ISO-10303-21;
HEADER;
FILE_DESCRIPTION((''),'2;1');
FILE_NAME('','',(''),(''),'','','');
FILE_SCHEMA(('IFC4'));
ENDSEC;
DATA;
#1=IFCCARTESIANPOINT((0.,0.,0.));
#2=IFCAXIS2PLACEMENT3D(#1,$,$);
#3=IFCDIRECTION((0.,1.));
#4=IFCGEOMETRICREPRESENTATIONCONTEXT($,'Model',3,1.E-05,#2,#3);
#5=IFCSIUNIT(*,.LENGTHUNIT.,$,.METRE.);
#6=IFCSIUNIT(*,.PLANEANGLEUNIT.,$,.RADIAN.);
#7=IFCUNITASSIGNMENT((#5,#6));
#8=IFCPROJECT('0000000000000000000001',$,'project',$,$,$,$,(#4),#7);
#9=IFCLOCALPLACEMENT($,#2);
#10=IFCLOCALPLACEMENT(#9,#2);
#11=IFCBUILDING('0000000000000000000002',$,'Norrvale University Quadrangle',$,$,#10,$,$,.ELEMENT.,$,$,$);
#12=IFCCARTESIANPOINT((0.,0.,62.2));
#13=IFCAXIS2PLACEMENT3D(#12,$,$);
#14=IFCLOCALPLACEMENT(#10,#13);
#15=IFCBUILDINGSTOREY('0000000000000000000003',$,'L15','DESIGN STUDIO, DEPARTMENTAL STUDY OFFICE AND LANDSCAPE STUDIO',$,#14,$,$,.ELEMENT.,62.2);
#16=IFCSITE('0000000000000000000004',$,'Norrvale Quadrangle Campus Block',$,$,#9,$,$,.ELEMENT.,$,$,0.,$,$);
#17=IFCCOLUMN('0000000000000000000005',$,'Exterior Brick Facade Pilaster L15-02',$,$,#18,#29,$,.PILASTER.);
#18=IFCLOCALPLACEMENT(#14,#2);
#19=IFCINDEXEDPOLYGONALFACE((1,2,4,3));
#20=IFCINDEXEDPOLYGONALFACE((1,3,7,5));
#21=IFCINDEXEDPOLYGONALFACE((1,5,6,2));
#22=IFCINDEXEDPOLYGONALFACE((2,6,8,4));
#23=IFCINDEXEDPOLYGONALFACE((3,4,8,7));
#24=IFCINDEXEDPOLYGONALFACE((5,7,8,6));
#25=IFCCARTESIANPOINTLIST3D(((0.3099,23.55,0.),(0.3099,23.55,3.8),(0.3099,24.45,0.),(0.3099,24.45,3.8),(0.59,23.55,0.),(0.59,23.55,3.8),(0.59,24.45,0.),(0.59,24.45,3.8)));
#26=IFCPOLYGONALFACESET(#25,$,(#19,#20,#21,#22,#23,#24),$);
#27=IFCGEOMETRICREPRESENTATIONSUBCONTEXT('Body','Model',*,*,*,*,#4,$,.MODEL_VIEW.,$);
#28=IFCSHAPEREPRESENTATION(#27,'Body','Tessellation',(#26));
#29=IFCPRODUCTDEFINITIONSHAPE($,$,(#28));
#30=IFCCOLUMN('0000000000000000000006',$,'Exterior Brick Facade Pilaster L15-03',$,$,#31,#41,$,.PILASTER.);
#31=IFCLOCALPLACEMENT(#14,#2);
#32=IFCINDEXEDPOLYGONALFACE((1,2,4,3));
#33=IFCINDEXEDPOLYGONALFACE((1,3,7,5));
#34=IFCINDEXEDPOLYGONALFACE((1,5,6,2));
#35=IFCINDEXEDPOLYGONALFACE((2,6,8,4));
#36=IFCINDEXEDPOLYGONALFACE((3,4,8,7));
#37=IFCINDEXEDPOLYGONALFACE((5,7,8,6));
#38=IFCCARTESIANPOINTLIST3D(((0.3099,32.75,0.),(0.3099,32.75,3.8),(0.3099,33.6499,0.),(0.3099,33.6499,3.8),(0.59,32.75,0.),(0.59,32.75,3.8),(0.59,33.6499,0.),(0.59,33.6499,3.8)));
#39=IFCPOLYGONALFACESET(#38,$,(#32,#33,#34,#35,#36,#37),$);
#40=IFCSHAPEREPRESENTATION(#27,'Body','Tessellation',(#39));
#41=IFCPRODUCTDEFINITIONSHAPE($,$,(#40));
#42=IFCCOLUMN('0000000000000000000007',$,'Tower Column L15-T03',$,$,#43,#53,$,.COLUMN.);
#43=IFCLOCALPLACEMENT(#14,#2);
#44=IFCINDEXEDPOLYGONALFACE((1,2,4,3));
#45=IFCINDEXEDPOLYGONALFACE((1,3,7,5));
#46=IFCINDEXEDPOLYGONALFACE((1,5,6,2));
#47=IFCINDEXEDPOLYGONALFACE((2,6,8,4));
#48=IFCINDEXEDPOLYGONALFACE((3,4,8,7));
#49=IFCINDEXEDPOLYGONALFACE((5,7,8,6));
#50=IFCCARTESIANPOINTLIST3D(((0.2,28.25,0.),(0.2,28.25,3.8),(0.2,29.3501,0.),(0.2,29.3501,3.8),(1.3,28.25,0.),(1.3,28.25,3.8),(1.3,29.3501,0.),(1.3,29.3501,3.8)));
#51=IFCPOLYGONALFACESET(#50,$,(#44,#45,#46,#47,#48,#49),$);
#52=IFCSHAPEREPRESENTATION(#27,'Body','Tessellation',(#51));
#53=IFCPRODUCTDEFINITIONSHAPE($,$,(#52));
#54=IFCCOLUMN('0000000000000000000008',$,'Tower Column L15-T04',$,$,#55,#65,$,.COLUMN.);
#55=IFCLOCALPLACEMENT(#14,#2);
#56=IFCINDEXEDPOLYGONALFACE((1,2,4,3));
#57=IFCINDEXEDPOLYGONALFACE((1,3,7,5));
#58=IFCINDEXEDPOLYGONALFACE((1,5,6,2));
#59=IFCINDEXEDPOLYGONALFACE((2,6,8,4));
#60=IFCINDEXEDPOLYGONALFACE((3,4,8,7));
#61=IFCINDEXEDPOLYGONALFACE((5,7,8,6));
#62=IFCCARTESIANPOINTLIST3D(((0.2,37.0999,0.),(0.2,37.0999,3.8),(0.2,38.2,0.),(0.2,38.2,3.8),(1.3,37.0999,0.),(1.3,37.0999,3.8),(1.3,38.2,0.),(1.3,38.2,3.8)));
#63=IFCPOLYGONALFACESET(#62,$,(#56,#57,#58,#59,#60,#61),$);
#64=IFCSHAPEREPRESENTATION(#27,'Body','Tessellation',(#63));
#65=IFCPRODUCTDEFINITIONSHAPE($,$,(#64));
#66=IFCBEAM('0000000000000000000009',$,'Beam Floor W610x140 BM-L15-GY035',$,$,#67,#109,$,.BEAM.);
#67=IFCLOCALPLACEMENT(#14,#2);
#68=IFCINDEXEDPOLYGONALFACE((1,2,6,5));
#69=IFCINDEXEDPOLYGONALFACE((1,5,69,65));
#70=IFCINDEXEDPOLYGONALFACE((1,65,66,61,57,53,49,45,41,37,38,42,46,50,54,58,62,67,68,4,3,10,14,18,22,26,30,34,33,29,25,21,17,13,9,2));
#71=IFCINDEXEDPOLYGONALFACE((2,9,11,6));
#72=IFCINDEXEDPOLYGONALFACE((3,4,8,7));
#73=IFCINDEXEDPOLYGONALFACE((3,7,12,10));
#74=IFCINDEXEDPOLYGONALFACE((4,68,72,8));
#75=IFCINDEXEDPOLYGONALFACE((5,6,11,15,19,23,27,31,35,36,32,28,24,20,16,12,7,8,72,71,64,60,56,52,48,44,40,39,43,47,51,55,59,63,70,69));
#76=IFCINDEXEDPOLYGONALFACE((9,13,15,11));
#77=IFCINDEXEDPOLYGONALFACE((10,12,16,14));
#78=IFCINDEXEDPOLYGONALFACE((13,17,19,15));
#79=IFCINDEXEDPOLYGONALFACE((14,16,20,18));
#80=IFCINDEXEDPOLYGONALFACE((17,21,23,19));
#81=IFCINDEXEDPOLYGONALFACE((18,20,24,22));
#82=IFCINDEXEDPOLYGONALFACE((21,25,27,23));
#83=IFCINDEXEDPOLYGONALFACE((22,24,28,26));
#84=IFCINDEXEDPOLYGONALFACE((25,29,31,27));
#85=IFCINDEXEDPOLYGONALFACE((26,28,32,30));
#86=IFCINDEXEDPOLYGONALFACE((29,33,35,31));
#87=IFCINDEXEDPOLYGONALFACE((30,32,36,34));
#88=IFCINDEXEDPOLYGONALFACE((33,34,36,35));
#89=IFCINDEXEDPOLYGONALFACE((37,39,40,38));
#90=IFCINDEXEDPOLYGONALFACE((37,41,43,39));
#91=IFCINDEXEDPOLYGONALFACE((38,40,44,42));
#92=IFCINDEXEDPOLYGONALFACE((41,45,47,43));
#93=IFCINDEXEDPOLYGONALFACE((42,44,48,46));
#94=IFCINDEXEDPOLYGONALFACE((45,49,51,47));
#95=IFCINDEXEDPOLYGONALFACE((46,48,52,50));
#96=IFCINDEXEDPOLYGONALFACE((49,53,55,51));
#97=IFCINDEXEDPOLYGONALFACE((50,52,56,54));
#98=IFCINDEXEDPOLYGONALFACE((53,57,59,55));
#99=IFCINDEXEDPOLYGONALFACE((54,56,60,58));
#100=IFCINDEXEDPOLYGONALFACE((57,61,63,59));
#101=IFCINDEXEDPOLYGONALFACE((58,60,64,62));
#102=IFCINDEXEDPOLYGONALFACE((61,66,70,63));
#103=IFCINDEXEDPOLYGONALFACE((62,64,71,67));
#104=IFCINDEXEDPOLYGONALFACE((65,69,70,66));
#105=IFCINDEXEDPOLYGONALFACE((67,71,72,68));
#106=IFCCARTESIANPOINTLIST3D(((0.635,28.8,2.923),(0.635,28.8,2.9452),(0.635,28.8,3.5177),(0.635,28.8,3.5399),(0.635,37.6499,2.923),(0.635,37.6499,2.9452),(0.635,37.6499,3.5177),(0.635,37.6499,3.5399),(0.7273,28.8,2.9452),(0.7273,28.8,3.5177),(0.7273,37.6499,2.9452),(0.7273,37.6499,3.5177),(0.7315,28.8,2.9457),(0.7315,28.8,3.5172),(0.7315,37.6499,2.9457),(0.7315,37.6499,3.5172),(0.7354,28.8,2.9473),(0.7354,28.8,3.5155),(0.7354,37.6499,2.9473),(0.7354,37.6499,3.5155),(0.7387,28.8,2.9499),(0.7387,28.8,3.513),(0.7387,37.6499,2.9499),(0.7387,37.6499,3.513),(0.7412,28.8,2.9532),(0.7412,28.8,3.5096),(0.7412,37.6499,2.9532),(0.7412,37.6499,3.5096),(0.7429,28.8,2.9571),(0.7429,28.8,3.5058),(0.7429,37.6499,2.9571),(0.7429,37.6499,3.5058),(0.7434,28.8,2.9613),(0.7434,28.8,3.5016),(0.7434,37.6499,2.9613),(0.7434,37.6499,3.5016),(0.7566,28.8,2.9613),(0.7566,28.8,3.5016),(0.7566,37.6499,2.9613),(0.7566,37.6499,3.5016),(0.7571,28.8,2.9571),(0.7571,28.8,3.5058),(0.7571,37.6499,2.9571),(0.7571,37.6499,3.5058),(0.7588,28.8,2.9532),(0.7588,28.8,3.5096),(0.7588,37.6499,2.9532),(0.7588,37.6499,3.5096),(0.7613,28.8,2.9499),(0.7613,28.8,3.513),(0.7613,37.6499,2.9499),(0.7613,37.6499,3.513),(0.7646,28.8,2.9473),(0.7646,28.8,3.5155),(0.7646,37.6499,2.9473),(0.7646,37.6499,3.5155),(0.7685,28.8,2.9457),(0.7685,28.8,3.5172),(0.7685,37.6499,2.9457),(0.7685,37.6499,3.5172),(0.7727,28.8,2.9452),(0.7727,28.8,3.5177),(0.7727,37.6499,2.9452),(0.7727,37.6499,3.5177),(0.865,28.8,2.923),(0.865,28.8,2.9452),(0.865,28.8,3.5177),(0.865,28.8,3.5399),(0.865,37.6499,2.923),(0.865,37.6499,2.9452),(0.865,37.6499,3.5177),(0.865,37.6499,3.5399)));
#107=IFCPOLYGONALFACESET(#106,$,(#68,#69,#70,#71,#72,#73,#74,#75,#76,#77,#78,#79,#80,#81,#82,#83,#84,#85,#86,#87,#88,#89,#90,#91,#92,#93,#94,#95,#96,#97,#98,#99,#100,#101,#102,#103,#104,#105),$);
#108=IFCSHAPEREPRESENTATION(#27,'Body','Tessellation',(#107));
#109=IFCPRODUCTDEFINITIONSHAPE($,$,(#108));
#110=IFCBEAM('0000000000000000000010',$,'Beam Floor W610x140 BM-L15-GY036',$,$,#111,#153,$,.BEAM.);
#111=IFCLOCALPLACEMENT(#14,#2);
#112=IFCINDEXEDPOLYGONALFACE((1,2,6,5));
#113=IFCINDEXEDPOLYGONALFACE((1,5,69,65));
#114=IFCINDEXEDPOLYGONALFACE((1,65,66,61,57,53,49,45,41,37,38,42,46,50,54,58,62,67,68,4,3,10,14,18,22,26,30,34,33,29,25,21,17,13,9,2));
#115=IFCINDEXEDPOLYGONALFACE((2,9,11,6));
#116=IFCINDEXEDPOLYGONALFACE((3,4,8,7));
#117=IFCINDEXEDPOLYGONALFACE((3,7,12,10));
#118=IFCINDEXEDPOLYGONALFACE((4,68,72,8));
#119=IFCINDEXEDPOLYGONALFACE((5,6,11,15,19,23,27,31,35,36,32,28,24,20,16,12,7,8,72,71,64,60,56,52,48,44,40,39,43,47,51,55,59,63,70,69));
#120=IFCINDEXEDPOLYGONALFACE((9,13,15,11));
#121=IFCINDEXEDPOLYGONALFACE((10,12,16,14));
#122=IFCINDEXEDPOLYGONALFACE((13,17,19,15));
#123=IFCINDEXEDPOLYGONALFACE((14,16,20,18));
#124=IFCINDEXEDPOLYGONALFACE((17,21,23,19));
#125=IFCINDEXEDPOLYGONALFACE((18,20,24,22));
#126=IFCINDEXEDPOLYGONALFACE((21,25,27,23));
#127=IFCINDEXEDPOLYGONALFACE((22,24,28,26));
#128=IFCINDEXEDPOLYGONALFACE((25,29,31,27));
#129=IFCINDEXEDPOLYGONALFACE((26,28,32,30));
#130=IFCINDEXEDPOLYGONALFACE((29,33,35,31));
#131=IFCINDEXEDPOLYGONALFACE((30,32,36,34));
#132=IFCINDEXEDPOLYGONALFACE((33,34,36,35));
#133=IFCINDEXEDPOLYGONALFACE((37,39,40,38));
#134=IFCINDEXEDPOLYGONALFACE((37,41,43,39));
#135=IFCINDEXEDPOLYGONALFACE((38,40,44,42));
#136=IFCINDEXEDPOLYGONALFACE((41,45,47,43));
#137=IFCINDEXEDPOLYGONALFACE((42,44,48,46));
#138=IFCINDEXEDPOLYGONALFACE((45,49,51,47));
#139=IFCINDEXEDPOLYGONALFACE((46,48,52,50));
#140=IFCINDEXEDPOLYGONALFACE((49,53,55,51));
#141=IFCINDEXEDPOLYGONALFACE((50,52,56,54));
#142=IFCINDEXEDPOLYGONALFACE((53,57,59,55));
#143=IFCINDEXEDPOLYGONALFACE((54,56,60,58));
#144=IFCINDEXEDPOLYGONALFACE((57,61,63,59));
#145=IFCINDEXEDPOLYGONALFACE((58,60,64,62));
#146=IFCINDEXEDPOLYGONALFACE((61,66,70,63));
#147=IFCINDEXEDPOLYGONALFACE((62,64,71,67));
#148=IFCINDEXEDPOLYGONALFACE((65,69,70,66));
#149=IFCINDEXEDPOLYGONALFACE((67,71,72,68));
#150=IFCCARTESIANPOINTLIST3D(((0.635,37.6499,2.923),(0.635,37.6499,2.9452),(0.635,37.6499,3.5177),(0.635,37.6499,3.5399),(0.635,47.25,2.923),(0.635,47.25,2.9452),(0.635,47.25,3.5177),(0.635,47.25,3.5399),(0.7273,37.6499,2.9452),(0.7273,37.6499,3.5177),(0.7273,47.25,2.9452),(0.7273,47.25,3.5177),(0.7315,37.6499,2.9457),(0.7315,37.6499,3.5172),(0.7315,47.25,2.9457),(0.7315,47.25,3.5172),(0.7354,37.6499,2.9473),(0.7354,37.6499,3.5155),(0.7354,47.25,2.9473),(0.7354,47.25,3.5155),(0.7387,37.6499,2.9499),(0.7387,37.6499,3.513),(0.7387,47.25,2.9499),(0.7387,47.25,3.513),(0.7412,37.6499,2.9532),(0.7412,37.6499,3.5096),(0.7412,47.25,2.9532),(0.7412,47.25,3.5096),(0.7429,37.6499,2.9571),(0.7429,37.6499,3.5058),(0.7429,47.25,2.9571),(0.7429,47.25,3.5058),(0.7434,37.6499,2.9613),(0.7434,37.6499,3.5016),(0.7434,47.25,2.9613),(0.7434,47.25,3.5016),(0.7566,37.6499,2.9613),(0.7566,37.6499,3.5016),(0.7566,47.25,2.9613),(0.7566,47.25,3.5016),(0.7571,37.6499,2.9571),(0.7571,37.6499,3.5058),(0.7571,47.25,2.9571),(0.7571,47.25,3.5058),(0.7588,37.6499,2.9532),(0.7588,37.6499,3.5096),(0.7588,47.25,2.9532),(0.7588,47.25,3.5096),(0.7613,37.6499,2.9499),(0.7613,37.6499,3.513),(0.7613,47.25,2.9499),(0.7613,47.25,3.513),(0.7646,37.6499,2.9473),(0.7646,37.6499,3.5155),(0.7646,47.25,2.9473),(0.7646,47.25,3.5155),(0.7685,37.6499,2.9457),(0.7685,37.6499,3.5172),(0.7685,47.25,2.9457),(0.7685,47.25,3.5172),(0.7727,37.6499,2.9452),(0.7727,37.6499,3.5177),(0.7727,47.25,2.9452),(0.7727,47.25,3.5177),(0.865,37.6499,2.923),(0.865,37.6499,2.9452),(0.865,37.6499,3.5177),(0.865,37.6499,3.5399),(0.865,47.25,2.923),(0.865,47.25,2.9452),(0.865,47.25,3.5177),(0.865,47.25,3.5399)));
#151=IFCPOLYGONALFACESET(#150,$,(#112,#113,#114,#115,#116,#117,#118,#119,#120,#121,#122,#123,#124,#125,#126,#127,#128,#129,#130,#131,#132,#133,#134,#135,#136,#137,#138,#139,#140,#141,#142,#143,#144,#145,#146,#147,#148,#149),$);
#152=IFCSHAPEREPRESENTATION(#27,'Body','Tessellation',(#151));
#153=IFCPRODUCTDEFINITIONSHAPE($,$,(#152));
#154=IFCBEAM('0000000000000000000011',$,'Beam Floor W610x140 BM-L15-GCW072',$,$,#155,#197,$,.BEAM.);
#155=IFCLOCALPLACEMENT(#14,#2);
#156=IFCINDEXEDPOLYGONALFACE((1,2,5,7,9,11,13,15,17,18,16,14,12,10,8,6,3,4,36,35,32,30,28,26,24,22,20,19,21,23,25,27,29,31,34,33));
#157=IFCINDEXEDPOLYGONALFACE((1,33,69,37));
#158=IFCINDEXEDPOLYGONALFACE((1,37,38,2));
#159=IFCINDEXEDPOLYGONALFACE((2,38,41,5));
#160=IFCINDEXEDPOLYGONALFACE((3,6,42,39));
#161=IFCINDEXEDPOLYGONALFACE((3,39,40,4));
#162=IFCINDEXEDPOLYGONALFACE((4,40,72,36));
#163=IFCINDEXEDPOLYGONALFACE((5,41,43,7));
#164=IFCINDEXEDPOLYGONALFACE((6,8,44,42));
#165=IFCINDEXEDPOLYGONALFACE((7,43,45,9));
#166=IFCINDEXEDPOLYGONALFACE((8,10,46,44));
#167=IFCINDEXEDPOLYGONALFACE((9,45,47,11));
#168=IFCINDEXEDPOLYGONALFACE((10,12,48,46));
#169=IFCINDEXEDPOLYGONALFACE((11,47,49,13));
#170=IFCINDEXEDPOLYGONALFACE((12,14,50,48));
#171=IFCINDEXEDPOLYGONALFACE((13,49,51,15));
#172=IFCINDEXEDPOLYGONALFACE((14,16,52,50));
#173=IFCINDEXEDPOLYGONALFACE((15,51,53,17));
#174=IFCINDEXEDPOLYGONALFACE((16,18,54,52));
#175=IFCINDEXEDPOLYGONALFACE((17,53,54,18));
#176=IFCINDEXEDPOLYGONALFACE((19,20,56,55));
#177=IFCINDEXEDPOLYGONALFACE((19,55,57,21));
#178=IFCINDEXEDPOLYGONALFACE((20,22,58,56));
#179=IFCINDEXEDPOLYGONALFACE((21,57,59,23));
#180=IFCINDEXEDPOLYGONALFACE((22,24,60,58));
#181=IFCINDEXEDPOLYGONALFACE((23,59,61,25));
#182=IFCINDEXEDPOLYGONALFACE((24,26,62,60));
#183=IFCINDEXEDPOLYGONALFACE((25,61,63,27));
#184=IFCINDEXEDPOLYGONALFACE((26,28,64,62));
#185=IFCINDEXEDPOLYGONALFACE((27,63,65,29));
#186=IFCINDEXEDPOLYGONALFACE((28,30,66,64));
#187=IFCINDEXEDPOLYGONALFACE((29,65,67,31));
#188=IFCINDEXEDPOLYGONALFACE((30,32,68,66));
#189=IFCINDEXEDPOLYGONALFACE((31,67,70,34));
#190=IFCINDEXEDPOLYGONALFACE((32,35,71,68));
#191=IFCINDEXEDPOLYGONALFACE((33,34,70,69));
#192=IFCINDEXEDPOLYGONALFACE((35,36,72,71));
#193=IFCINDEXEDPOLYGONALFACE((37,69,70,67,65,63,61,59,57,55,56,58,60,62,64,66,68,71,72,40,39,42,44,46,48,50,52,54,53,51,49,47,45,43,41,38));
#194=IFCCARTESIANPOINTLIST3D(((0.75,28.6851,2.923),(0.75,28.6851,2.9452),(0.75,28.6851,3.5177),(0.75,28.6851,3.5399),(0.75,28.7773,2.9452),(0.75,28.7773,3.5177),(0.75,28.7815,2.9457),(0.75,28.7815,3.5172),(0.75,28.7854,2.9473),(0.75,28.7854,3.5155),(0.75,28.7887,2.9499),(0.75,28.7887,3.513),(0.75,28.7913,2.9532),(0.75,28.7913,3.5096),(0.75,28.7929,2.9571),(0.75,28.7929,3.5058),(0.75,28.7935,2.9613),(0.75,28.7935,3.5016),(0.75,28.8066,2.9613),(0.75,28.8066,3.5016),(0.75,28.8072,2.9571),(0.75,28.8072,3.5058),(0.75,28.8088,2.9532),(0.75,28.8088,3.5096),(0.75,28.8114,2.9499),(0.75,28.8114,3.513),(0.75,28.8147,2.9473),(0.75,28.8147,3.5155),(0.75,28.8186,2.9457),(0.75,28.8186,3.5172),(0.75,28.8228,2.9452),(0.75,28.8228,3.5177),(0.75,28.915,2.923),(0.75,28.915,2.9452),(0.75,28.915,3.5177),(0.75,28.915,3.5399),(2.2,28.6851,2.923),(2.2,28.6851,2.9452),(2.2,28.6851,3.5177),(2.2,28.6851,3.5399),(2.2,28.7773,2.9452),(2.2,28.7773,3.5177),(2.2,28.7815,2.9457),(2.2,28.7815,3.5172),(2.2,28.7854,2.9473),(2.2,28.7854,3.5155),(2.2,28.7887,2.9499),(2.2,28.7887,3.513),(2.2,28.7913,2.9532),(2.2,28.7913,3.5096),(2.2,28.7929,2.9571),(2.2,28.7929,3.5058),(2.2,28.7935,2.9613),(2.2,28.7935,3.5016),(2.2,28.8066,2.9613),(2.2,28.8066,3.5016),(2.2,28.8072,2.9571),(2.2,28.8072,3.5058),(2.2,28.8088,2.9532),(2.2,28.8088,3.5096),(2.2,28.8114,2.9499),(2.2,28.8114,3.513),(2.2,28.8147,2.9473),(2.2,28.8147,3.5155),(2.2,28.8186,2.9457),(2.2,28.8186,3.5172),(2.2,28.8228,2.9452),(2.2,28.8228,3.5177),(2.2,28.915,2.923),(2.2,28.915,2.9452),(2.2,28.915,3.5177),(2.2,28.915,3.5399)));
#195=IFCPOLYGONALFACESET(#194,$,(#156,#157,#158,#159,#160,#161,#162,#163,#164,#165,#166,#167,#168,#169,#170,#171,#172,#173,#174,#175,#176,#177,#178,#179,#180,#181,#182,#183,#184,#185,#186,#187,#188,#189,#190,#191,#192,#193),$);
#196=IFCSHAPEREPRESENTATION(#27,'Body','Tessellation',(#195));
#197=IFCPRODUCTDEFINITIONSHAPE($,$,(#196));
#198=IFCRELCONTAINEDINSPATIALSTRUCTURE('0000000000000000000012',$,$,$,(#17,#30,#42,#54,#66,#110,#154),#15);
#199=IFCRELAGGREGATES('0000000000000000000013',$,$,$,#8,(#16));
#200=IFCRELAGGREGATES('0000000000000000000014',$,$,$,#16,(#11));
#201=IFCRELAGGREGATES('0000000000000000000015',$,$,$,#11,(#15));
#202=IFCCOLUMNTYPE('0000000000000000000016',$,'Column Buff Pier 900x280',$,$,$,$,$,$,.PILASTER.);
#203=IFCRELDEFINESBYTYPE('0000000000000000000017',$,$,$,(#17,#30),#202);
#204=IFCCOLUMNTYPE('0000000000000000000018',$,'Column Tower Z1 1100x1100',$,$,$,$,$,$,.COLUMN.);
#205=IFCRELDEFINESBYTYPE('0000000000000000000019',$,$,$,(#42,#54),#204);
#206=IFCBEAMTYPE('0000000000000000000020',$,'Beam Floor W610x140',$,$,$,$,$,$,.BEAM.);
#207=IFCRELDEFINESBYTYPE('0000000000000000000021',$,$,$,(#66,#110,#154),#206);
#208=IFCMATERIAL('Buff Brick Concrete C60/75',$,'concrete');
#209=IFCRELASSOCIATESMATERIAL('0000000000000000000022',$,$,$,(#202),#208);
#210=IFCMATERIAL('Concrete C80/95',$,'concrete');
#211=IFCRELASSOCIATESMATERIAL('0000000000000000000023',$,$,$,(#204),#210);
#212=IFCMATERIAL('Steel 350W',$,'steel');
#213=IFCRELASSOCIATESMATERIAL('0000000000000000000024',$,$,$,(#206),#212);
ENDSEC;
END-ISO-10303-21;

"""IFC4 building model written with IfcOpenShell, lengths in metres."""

from ifc_helpers import new_model, si_unit, direction, frame, origin, origin_2d, place, context, subcontext, project, spatial, rectangle, i_section, extrude, material, material_profile, profile_set, type_object, element, save


model = new_model("IFC4")

# Units and contexts
model_context = context("Model", 3, precision=1e-05, world=origin(), true_north=direction((0.0, 1.0)))
body_context = subcontext(model_context, "Body", "Model", "MODEL_VIEW")
ifc_project = project(units=[si_unit("LENGTHUNIT", "METRE"), si_unit("PLANEANGLEUNIT", "RADIAN")], contexts=[model_context])

# Site, building, storey
site_placement = place(None, origin())
site = spatial("IfcSite", under=ifc_project, at=site_placement, Name="Norrvale Quadrangle Campus Block", CompositionType="ELEMENT", RefElevation=0.0)
building_placement = place(site_placement, origin())
building = spatial("IfcBuilding", under=site, at=building_placement, Name="Norrvale University Quadrangle", CompositionType="ELEMENT")
storey_placement = place(building_placement, frame((0.0, 0.0, 62.2)))
storey = spatial("IfcBuildingStorey", under=building, at=storey_placement, Name="L15", Description="DESIGN STUDIO, DEPARTMENTAL STUDY OFFICE AND LANDSCAPE STUDIO", CompositionType="ELEMENT", Elevation=62.2)

# Columns
ifc_material_1 = material(Name="Buff Brick Concrete C60/75", Category="concrete")
ifc_material_profile_1 = material_profile(ifc_material_1, rectangle(XDim=0.8999, YDim=0.28, at=origin_2d()), Name="Buff Brick Concrete C60/75")
ifc_profile_set_1 = profile_set([ifc_material_profile_1], Name="Buff Brick Concrete C60/75")
column_type_1 = type_object("IfcColumnType", Name="Column Buff Pier 900x280", PredefinedType="PILASTER", material=ifc_profile_set_1)
for number, where, z_axis, x_axis, name in (
    (1, (0.45, 24.0, 0.0), (0.0, 0.0, 1.0), (0.0, 1.0, 0.0), "Exterior Brick Facade Pilaster L15-02"),
    (2, (0.45, 33.2, 0.0), (0.0, 0.0, 1.0), (0.0, 1.0, 0.0), "Exterior Brick Facade Pilaster L15-03"),
):
    element("IfcColumn", number, at=place(storey_placement, frame(where, z_axis=z_axis, x_axis=x_axis)), inside=storey, type_object=column_type_1, Name=name, PredefinedType="PILASTER", context=body_context, shape_type="SweptSolid", body=[
        extrude(rectangle(XDim=0.8999, YDim=0.28, at=origin_2d()), origin(), (0.0, 0.0, 1.0), 3.8),
    ])
ifc_material_2 = material(Name="Concrete C80/95", Category="concrete")
ifc_material_profile_2 = material_profile(ifc_material_2, rectangle(XDim=1.1001, YDim=1.1001, at=origin_2d()), Name="Concrete C80/95")
ifc_profile_set_2 = profile_set([ifc_material_profile_2], Name="Concrete C80/95")
column_type_2 = type_object("IfcColumnType", Name="Column Tower Z1 1100x1100", PredefinedType="COLUMN", material=ifc_profile_set_2)
for number, where, z_axis, x_axis, name in (
    (3, (0.75, 28.8, 0.0), (0.0, 0.0, 1.0), (1.0, 0.0, 0.0), "Tower Column L15-T03"),
    (4, (0.75, 37.6499, 0.0), (0.0, 0.0, 1.0), (1.0, 0.0, 0.0), "Tower Column L15-T04"),
):
    element("IfcColumn", number, at=place(storey_placement, frame(where, z_axis=z_axis, x_axis=x_axis)), inside=storey, type_object=column_type_2, Name=name, PredefinedType="COLUMN", context=body_context, shape_type="SweptSolid", body=[
        extrude(rectangle(XDim=1.1001, YDim=1.1001, at=origin_2d()), origin(), (0.0, 0.0, 1.0), 3.8),
    ])

# Beams
ifc_material_3 = material(Name="Steel 350W", Category="steel")
ifc_material_profile_3 = material_profile(ifc_material_3, i_section(OverallWidth=0.23, OverallDepth=0.6169, WebThickness=0.0132, FlangeThickness=0.0222, FilletRadius=0.0161, at=origin_2d()), Name="Steel 350W")
ifc_profile_set_3 = profile_set([ifc_material_profile_3], Name="Steel 350W")
beam_type = type_object("IfcBeamType", Name="Beam Floor W610x140", PredefinedType="BEAM", material=ifc_profile_set_3)
beam_1_placement = place(storey_placement, frame((0.75, 28.8, 3.2314), z_axis=(0.0, 1.0, 0.0), x_axis=(-1.0, 0.0, 0.0)))
element("IfcBeam", 5, at=beam_1_placement, inside=storey, type_object=beam_type, Name="Beam Floor W610x140 BM-L15-GY035", PredefinedType="BEAM", context=body_context, shape_type="SweptSolid", body=[
    extrude(i_section(OverallWidth=0.23, OverallDepth=0.6169, WebThickness=0.0132, FlangeThickness=0.0222, FilletRadius=0.0161, at=origin_2d()), origin(), (0.0, 0.0, 1.0), 8.8499),
])
beam_2_placement = place(storey_placement, frame((0.75, 37.6499, 3.2314), z_axis=(0.0, 1.0, 0.0), x_axis=(-1.0, 0.0, 0.0)))
element("IfcBeam", 6, at=beam_2_placement, inside=storey, type_object=beam_type, Name="Beam Floor W610x140 BM-L15-GY036", PredefinedType="BEAM", context=body_context, shape_type="SweptSolid", body=[
    extrude(i_section(OverallWidth=0.23, OverallDepth=0.6169, WebThickness=0.0132, FlangeThickness=0.0222, FilletRadius=0.0161, at=origin_2d()), origin(), (0.0, 0.0, 1.0), 9.6001),
])
for number, where, z_axis, x_axis, name in (
    (7, (0.75, 28.8, 3.2314), (1.0, 0.0, 0.0), (0.0, 1.0, 0.0), "Beam Floor W610x140 BM-L15-GCW072"),
):
    element("IfcBeam", number, at=place(storey_placement, frame(where, z_axis=z_axis, x_axis=x_axis)), inside=storey, type_object=beam_type, Name=name, PredefinedType="BEAM", context=body_context, shape_type="SweptSolid", body=[
        extrude(i_section(OverallWidth=0.23, OverallDepth=0.6169, WebThickness=0.0132, FlangeThickness=0.0222, FilletRadius=0.0161, at=origin_2d()), origin(), (0.0, 0.0, 1.0), 1.45),
    ])

save(model, "model.ifc")
